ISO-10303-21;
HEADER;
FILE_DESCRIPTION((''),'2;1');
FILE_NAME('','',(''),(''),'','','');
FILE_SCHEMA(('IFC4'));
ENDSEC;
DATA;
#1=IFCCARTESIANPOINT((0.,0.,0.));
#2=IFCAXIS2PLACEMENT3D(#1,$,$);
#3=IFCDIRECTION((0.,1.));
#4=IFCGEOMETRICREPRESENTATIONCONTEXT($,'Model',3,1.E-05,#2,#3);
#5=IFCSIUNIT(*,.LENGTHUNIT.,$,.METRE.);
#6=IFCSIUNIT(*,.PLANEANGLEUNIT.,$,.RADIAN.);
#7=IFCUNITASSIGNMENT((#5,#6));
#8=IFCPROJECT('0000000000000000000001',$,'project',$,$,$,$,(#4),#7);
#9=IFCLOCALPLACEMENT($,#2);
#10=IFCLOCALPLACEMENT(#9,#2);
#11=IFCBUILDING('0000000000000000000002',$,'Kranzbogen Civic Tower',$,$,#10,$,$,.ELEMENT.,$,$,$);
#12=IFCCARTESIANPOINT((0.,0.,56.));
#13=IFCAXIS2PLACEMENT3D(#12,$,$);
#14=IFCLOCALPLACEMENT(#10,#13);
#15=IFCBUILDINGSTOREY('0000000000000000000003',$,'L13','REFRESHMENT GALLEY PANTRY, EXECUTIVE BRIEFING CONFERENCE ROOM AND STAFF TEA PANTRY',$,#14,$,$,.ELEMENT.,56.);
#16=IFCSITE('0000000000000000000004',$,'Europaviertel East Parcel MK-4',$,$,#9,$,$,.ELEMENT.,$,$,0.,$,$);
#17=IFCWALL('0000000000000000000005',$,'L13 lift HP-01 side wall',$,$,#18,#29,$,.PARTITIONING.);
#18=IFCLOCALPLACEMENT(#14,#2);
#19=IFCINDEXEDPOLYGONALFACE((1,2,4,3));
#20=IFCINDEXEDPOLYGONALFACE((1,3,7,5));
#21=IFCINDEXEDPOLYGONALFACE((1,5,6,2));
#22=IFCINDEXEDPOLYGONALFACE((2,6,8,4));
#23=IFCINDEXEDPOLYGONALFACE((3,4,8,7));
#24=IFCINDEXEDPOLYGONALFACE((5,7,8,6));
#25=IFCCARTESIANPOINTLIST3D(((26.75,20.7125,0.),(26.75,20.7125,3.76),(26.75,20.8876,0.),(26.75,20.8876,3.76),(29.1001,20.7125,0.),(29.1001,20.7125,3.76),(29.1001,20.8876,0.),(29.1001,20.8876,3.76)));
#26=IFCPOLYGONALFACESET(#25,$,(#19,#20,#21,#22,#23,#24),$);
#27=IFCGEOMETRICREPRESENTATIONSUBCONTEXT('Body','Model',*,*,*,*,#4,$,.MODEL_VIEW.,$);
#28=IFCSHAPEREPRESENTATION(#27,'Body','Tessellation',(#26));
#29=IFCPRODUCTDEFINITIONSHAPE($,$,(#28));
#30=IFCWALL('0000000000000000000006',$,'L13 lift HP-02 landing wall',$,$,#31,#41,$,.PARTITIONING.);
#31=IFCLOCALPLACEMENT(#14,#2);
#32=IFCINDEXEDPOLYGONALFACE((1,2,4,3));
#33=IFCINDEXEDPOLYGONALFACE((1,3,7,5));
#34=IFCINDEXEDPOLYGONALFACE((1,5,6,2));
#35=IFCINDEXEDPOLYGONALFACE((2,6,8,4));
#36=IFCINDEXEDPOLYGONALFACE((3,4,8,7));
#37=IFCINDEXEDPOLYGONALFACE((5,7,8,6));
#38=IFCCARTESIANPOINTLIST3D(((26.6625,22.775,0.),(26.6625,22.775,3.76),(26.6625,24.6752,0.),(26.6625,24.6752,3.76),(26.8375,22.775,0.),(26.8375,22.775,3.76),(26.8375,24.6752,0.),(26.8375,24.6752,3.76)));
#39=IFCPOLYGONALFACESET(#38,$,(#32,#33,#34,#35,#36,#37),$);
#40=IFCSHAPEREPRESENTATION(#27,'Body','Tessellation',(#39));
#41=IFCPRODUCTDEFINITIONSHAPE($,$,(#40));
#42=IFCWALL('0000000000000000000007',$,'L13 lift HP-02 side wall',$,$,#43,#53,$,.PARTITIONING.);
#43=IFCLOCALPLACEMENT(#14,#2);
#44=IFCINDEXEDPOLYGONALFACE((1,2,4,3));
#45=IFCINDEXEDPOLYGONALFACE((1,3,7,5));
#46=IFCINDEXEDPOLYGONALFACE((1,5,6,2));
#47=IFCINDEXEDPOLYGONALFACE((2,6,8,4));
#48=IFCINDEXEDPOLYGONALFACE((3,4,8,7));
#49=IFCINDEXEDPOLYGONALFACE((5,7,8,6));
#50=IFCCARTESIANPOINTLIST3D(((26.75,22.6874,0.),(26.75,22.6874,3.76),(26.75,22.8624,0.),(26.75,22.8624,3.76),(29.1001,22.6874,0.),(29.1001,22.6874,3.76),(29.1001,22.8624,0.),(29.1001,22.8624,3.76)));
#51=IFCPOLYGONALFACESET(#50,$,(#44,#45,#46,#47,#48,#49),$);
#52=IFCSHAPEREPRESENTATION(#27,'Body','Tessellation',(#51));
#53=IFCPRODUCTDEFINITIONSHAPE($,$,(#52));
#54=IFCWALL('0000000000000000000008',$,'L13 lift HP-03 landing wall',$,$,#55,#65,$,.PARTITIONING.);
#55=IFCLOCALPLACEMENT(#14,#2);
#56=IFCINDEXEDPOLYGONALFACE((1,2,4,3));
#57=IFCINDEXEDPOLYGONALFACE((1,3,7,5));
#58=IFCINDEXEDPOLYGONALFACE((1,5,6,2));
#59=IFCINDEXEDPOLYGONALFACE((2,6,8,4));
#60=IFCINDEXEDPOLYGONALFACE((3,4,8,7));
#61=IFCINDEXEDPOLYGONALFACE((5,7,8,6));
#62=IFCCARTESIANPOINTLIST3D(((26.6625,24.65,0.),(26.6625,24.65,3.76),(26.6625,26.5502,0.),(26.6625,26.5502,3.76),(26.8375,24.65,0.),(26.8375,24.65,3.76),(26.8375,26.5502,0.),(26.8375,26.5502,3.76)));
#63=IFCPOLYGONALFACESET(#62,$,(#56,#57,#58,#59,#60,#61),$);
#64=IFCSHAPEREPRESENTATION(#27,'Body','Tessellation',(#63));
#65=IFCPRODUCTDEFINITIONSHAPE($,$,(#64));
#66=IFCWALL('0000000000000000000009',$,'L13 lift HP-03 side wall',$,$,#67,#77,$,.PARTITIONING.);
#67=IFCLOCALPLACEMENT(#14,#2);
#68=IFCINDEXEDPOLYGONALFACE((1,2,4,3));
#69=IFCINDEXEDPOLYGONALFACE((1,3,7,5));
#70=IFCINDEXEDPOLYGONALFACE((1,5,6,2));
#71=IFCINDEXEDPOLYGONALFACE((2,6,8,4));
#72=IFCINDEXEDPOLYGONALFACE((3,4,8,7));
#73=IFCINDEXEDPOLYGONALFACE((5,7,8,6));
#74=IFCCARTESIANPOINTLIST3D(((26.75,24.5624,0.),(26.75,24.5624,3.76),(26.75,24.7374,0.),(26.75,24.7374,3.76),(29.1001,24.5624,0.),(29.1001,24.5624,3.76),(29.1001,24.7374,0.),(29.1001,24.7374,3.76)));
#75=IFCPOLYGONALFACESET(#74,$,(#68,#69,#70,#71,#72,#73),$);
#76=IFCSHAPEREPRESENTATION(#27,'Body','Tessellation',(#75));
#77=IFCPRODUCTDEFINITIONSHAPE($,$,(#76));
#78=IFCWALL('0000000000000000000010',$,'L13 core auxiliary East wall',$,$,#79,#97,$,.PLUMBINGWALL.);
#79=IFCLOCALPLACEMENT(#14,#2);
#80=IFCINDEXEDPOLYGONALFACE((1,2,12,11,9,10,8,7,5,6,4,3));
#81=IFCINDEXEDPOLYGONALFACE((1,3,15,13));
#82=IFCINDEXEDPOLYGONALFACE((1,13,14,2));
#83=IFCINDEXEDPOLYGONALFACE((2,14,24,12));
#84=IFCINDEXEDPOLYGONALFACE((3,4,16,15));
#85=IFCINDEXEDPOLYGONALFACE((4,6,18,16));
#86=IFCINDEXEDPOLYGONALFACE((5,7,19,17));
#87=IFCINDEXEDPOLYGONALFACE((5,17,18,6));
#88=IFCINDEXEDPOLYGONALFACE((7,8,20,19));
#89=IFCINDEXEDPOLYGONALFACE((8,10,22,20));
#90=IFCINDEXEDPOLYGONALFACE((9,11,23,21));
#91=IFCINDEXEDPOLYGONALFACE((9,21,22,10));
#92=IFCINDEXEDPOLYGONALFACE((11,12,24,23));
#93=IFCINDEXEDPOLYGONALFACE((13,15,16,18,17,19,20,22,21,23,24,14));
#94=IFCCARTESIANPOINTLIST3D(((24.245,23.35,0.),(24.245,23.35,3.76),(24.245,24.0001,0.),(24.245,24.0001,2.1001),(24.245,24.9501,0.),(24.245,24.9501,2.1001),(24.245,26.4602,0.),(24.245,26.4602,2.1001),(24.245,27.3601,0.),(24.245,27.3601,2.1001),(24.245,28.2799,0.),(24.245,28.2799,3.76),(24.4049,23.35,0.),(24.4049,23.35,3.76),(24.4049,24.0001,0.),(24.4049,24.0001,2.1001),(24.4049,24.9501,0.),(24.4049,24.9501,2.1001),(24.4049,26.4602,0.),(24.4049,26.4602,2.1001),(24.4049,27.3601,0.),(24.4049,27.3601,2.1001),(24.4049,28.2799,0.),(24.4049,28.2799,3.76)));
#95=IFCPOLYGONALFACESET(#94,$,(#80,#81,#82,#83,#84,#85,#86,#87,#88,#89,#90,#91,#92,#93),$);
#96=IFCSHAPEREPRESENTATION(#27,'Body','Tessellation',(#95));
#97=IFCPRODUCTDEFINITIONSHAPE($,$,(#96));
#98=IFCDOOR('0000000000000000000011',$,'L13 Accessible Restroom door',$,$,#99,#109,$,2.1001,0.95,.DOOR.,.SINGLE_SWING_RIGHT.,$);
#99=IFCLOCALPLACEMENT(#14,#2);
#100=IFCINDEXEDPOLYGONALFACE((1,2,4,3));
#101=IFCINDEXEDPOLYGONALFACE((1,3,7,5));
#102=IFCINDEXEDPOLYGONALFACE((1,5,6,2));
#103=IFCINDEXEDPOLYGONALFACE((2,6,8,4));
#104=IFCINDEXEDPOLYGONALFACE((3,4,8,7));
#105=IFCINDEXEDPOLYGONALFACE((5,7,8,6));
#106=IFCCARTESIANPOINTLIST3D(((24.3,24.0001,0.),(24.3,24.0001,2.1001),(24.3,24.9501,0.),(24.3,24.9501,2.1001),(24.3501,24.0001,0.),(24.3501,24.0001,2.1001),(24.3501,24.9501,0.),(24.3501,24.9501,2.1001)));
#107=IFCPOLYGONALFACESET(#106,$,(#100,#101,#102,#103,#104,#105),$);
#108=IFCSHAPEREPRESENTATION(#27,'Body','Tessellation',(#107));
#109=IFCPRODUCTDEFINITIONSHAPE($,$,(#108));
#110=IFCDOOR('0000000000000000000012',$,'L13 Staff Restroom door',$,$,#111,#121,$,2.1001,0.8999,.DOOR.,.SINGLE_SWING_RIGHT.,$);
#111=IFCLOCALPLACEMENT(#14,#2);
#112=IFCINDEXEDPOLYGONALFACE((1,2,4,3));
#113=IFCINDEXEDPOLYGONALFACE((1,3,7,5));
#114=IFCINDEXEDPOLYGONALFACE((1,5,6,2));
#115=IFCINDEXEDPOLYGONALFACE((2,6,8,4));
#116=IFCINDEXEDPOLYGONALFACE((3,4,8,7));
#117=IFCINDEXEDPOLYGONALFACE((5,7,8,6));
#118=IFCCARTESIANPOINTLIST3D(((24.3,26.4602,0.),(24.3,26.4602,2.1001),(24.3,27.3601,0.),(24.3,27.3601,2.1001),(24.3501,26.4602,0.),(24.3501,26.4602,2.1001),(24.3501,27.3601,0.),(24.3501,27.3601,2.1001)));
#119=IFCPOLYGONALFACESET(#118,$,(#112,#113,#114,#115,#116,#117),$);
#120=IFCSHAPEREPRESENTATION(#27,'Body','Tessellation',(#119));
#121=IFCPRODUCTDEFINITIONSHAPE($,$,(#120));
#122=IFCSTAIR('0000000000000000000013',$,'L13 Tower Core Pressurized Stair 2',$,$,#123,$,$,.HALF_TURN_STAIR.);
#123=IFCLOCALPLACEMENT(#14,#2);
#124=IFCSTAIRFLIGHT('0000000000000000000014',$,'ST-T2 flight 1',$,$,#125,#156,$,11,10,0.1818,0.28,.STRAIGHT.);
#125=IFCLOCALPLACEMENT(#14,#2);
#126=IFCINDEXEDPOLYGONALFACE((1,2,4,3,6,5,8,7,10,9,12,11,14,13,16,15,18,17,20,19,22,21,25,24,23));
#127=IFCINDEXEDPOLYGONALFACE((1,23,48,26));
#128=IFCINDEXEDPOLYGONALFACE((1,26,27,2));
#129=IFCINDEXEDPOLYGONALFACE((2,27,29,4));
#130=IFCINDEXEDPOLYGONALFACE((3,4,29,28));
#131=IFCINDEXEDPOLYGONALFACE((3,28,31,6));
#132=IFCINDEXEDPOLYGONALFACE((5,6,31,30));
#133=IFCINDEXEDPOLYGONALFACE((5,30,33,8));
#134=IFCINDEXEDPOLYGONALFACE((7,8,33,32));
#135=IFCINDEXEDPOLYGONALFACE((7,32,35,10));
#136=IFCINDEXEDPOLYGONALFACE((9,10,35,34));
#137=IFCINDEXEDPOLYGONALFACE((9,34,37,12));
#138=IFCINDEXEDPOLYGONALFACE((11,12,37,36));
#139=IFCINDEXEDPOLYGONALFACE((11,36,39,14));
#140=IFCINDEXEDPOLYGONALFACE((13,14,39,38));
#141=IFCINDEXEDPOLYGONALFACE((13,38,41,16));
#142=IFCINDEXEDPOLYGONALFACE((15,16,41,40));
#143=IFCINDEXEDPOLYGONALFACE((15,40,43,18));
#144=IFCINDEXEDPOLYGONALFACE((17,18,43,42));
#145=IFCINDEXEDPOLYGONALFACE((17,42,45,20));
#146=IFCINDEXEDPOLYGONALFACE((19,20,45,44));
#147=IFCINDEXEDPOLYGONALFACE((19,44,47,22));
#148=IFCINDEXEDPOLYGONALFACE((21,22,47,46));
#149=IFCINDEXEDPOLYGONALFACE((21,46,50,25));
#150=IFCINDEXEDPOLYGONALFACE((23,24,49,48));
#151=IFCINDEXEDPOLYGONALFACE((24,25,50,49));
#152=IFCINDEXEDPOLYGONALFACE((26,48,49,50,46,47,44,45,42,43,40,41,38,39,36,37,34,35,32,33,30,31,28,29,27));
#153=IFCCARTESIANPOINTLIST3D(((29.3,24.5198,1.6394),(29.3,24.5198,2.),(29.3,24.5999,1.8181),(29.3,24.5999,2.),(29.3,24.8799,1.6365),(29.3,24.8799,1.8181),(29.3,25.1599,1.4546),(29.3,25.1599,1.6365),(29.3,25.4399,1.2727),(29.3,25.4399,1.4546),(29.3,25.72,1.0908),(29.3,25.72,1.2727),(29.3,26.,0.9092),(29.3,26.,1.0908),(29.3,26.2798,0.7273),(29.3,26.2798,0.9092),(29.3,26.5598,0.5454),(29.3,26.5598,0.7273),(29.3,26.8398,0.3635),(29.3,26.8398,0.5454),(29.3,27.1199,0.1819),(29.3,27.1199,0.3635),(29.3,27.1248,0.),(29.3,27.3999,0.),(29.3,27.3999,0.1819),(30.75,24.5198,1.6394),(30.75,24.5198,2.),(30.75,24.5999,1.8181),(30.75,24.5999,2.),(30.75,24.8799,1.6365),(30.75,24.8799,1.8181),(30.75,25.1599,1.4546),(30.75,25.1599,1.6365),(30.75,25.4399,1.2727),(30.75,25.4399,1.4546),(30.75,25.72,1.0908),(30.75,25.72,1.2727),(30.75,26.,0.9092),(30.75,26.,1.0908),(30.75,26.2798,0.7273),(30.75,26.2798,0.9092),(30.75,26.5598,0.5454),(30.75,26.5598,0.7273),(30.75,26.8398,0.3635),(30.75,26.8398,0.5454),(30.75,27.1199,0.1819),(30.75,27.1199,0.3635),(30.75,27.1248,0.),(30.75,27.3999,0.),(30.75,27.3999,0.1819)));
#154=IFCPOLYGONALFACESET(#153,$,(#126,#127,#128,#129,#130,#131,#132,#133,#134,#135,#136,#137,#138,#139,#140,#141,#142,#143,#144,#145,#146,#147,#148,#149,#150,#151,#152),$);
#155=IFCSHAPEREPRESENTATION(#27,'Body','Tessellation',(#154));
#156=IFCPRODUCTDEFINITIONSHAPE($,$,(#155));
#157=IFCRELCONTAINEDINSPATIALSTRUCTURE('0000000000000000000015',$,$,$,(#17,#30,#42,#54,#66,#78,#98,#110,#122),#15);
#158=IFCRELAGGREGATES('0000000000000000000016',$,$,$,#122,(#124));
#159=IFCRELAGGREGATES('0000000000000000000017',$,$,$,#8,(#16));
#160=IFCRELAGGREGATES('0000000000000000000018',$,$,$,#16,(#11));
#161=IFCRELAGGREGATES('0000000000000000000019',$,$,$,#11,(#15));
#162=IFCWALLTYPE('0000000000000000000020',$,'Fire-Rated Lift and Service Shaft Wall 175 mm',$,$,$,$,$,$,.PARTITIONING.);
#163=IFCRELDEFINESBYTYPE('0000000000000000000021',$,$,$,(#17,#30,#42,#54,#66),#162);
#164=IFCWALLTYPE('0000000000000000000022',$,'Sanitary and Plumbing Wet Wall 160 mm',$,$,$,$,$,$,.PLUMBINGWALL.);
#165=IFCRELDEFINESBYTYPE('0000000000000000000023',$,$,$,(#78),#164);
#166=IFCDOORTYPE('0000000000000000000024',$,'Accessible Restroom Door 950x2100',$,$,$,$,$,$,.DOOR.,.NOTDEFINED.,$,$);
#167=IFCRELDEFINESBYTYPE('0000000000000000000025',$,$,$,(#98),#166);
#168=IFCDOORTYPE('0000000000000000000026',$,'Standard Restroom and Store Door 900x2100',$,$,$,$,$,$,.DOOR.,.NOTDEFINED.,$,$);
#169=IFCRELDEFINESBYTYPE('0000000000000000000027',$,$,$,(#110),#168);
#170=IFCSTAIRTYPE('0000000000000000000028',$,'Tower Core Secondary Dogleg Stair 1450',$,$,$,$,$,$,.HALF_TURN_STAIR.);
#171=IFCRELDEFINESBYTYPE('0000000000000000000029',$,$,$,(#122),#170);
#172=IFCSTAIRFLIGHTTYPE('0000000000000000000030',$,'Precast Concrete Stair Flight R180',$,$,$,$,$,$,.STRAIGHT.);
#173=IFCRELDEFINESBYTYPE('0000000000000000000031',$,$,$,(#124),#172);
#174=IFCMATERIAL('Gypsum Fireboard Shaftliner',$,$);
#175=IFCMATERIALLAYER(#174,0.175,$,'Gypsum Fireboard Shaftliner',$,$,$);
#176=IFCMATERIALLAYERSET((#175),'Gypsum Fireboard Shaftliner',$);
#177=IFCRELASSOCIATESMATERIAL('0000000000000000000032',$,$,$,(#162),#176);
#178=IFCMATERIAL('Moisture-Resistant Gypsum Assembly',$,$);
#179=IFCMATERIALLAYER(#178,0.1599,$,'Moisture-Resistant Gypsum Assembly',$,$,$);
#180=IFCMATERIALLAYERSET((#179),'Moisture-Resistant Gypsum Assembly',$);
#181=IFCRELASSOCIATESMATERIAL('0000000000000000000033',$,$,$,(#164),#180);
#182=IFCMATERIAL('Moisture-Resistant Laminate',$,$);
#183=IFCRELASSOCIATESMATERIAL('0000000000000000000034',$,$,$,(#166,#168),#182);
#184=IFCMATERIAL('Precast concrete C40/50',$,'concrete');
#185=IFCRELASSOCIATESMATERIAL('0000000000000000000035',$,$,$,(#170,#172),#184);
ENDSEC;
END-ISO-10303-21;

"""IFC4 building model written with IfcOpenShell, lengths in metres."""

from ifc_helpers import new_model, si_unit, direction, frame, frame_2d, origin, place, context, subcontext, project, spatial, polyline, rectangle, outline, extrude, material, layer, layer_set, type_object, element, fill, aggregate, save


model = new_model("IFC4")

# Units and contexts
model_context = context("Model", 3, precision=1e-05, world=origin(), true_north=direction((0.0, 1.0)))
body_context = subcontext(model_context, "Body", "Model", "MODEL_VIEW")
ifc_project = project(units=[si_unit("LENGTHUNIT", "METRE"), si_unit("PLANEANGLEUNIT", "RADIAN")], contexts=[model_context])

# Site, building, storey
site_placement = place(None, origin())
site = spatial("IfcSite", under=ifc_project, at=site_placement, Name="Europaviertel East Parcel MK-4", CompositionType="ELEMENT", RefElevation=0.0)
building_placement = place(site_placement, origin())
building = spatial("IfcBuilding", under=site, at=building_placement, Name="Kranzbogen Civic Tower", CompositionType="ELEMENT")
storey_placement = place(building_placement, frame((0.0, 0.0, 56.0)))
storey = spatial("IfcBuildingStorey", under=building, at=storey_placement, Name="L13", Description="REFRESHMENT GALLEY PANTRY, EXECUTIVE BRIEFING CONFERENCE ROOM AND STAFF TEA PANTRY", CompositionType="ELEMENT", Elevation=56.0)

# Walls
ifc_material_1 = material(Name="Gypsum Fireboard Shaftliner")
ifc_layer_1 = layer(ifc_material_1, 0.175, Name="Gypsum Fireboard Shaftliner")
ifc_layer_set_1 = layer_set([ifc_layer_1], Name="Gypsum Fireboard Shaftliner")
wall_type_1 = type_object("IfcWallType", Name="Fire-Rated Lift and Service Shaft Wall 175 mm", PredefinedType="PARTITIONING", material=ifc_layer_set_1)
wall_1_placement = place(storey_placement, frame((26.75, 20.8, 0.0), z_axis=(0.0, 0.0, 1.0), x_axis=(1.0, 0.0, 0.0)))
element("IfcWall", 1, at=wall_1_placement, inside=storey, type_object=wall_type_1, Name="L13 lift HP-01 side wall", PredefinedType="PARTITIONING", context=body_context, shape_type="SweptSolid", body=[
    extrude(rectangle(XDim=2.3501, YDim=0.175, at=frame_2d((1.175, 0.0))), origin(), (0.0, 0.0, 1.0), 3.76),
])
wall_2_placement = place(storey_placement, frame((26.75, 22.7749, 0.0), z_axis=(0.0, 0.0, 1.0), x_axis=(0.0, 1.0, 0.0)))
element("IfcWall", 2, at=wall_2_placement, inside=storey, type_object=wall_type_1, Name="L13 lift HP-02 landing wall", PredefinedType="PARTITIONING", context=body_context, shape_type="SweptSolid", body=[
    extrude(rectangle(XDim=1.9001, YDim=0.175, at=frame_2d((0.9502, 0.0))), origin(), (0.0, 0.0, 1.0), 3.76),
])
wall_3_placement = place(storey_placement, frame((26.75, 22.7749, 0.0), z_axis=(0.0, 0.0, 1.0), x_axis=(1.0, 0.0, 0.0)))
element("IfcWall", 3, at=wall_3_placement, inside=storey, type_object=wall_type_1, Name="L13 lift HP-02 side wall", PredefinedType="PARTITIONING", context=body_context, shape_type="SweptSolid", body=[
    extrude(rectangle(XDim=2.3501, YDim=0.175, at=frame_2d((1.175, 0.0))), origin(), (0.0, 0.0, 1.0), 3.76),
])
wall_4_placement = place(storey_placement, frame((26.75, 24.6499, 0.0), z_axis=(0.0, 0.0, 1.0), x_axis=(0.0, 1.0, 0.0)))
element("IfcWall", 4, at=wall_4_placement, inside=storey, type_object=wall_type_1, Name="L13 lift HP-03 landing wall", PredefinedType="PARTITIONING", context=body_context, shape_type="SweptSolid", body=[
    extrude(rectangle(XDim=1.9001, YDim=0.175, at=frame_2d((0.9502, 0.0))), origin(), (0.0, 0.0, 1.0), 3.76),
])
wall_5_placement = place(storey_placement, frame((26.75, 24.6499, 0.0), z_axis=(0.0, 0.0, 1.0), x_axis=(1.0, 0.0, 0.0)))
element("IfcWall", 5, at=wall_5_placement, inside=storey, type_object=wall_type_1, Name="L13 lift HP-03 side wall", PredefinedType="PARTITIONING", context=body_context, shape_type="SweptSolid", body=[
    extrude(rectangle(XDim=2.3501, YDim=0.175, at=frame_2d((1.175, 0.0))), origin(), (0.0, 0.0, 1.0), 3.76),
])

# Wall, openings, doors
ifc_material_2 = material(Name="Moisture-Resistant Gypsum Assembly")
ifc_layer_2 = layer(ifc_material_2, 0.1599, Name="Moisture-Resistant Gypsum Assembly")
ifc_layer_set_2 = layer_set([ifc_layer_2], Name="Moisture-Resistant Gypsum Assembly")
wall_type_2 = type_object("IfcWallType", Name="Sanitary and Plumbing Wet Wall 160 mm", PredefinedType="PLUMBINGWALL", material=ifc_layer_set_2)
wall_6_placement = place(storey_placement, frame((24.325, 23.3501, 0.0), z_axis=(0.0, 0.0, 1.0), x_axis=(0.0, 1.0, 0.0)))
wall_6 = element("IfcWall", 6, at=wall_6_placement, inside=storey, type_object=wall_type_2, Name="L13 core auxiliary East wall", PredefinedType="PLUMBINGWALL", context=body_context, shape_type="SweptSolid", body=[
    extrude(rectangle(XDim=4.9299, YDim=0.1599, at=frame_2d((2.4648, 0.0))), origin(), (0.0, 0.0, 1.0), 3.76),
])
opening_1_placement = place(wall_6_placement, frame((0.6499, 0.0, 0.0)))
opening_1 = element("IfcOpeningElement", 7, at=opening_1_placement, cuts=wall_6, PredefinedType="OPENING", context=body_context, shape_type="SweptSolid", body=[
    extrude(rectangle(XDim=0.95, YDim=2.1001, at=frame_2d((0.4751, 1.05))), frame((0.0, 0.0898, 0.0), z_axis=(0.0, -1.0, 0.0), x_axis=(1.0, 0.0, 0.0)), (0.0, 0.0, 1.0), 0.1799),
])
opening_2_placement = place(wall_6_placement, frame((3.1101, 0.0, 0.0)))
opening_2 = element("IfcOpeningElement", 8, at=opening_2_placement, cuts=wall_6, PredefinedType="OPENING", context=body_context, shape_type="SweptSolid", body=[
    extrude(rectangle(XDim=0.8999, YDim=2.1001, at=frame_2d((0.45, 1.05))), frame((0.0, 0.0898, 0.0), z_axis=(0.0, -1.0, 0.0), x_axis=(1.0, 0.0, 0.0)), (0.0, 0.0, 1.0), 0.1799),
])
ifc_material_3 = material(Name="Moisture-Resistant Laminate")
door_type_1 = type_object("IfcDoorType", Name="Accessible Restroom Door 950x2100", OperationType="NOTDEFINED", PredefinedType="DOOR", material=ifc_material_3)
door_1_placement = place(opening_1_placement, origin())
door_1 = element("IfcDoor", 9, at=door_1_placement, inside=storey, type_object=door_type_1, Name="L13 Accessible Restroom door", OperationType="SINGLE_SWING_RIGHT", OverallHeight=2.1001, OverallWidth=0.95, PredefinedType="DOOR", context=body_context, shape_type="SweptSolid", body=[
    extrude(rectangle(XDim=0.95, YDim=2.1001, at=frame_2d((0.4751, 1.05))), frame((0.0, 0.0249, 0.0), z_axis=(0.0, -1.0, 0.0), x_axis=(1.0, 0.0, 0.0)), (0.0, 0.0, 1.0), 0.05),
])
fill(opening_1, door_1)
door_type_2 = type_object("IfcDoorType", Name="Standard Restroom and Store Door 900x2100", OperationType="NOTDEFINED", PredefinedType="DOOR", material=ifc_material_3)
door_2_placement = place(opening_2_placement, origin())
door_2 = element("IfcDoor", 10, at=door_2_placement, inside=storey, type_object=door_type_2, Name="L13 Staff Restroom door", OperationType="SINGLE_SWING_RIGHT", OverallHeight=2.1001, OverallWidth=0.8999, PredefinedType="DOOR", context=body_context, shape_type="SweptSolid", body=[
    extrude(rectangle(XDim=0.8999, YDim=2.1001, at=frame_2d((0.45, 1.05))), frame((0.0, 0.0249, 0.0), z_axis=(0.0, -1.0, 0.0), x_axis=(1.0, 0.0, 0.0)), (0.0, 0.0, 1.0), 0.05),
])
fill(opening_2, door_2)

# Stair, stair flight
ifc_material_4 = material(Name="Precast concrete C40/50", Category="concrete")
stair_type = type_object("IfcStairType", Name="Tower Core Secondary Dogleg Stair 1450", PredefinedType="HALF_TURN_STAIR", material=ifc_material_4)
stair_placement = place(storey_placement, origin())
stair = element("IfcStair", 11, at=stair_placement, inside=storey, type_object=stair_type, Name="L13 Tower Core Pressurized Stair 2", PredefinedType="HALF_TURN_STAIR")
stair_flight_type = type_object("IfcStairFlightType", Name="Precast Concrete Stair Flight R180", PredefinedType="STRAIGHT", material=ifc_material_4)
stair_flight_placement = place(storey_placement, frame((30.0249, 27.3999, 0.0), z_axis=(0.0, 0.0, 1.0), x_axis=(0.0, -1.0, 0.0)))
stair_flight = element("IfcStairFlight", 12, at=stair_flight_placement, type_object=stair_flight_type, Name="ST-T2 flight 1", NumberOfRisers=11, NumberOfTreads=10, PredefinedType="STRAIGHT", RiserHeight=0.1818, TreadLength=0.28, context=body_context, shape_type="SweptSolid", body=[
    extrude(outline(polyline([(0.0, 0.0), (0.0, 0.1819), (0.28, 0.1819), (0.28, 0.3635), (0.5601, 0.3635), (0.5601, 0.5454), (0.8401, 0.5454), (0.8401, 0.7273), (1.1201, 0.7273), (1.1201, 0.9092), (1.3999, 0.9092), (1.3999, 1.0908), (1.6799, 1.0908), (1.6799, 1.2727), (1.96, 1.2727), (1.96, 1.4546), (2.24, 1.4546), (2.24, 1.6365), (2.52, 1.6365), (2.52, 1.8181), (2.8, 1.8181), (2.8, 2.0), (2.8801, 2.0), (2.8801, 1.6394), (0.2751, 0.0), (0.0, 0.0)])), frame((0.0, 0.7251, 0.0), z_axis=(0.0, -1.0, 0.0), x_axis=(1.0, 0.0, 0.0)), (0.0, 0.0, 1.0), 1.45),
])
aggregate(stair, [stair_flight])

save(model, "model.ifc")
